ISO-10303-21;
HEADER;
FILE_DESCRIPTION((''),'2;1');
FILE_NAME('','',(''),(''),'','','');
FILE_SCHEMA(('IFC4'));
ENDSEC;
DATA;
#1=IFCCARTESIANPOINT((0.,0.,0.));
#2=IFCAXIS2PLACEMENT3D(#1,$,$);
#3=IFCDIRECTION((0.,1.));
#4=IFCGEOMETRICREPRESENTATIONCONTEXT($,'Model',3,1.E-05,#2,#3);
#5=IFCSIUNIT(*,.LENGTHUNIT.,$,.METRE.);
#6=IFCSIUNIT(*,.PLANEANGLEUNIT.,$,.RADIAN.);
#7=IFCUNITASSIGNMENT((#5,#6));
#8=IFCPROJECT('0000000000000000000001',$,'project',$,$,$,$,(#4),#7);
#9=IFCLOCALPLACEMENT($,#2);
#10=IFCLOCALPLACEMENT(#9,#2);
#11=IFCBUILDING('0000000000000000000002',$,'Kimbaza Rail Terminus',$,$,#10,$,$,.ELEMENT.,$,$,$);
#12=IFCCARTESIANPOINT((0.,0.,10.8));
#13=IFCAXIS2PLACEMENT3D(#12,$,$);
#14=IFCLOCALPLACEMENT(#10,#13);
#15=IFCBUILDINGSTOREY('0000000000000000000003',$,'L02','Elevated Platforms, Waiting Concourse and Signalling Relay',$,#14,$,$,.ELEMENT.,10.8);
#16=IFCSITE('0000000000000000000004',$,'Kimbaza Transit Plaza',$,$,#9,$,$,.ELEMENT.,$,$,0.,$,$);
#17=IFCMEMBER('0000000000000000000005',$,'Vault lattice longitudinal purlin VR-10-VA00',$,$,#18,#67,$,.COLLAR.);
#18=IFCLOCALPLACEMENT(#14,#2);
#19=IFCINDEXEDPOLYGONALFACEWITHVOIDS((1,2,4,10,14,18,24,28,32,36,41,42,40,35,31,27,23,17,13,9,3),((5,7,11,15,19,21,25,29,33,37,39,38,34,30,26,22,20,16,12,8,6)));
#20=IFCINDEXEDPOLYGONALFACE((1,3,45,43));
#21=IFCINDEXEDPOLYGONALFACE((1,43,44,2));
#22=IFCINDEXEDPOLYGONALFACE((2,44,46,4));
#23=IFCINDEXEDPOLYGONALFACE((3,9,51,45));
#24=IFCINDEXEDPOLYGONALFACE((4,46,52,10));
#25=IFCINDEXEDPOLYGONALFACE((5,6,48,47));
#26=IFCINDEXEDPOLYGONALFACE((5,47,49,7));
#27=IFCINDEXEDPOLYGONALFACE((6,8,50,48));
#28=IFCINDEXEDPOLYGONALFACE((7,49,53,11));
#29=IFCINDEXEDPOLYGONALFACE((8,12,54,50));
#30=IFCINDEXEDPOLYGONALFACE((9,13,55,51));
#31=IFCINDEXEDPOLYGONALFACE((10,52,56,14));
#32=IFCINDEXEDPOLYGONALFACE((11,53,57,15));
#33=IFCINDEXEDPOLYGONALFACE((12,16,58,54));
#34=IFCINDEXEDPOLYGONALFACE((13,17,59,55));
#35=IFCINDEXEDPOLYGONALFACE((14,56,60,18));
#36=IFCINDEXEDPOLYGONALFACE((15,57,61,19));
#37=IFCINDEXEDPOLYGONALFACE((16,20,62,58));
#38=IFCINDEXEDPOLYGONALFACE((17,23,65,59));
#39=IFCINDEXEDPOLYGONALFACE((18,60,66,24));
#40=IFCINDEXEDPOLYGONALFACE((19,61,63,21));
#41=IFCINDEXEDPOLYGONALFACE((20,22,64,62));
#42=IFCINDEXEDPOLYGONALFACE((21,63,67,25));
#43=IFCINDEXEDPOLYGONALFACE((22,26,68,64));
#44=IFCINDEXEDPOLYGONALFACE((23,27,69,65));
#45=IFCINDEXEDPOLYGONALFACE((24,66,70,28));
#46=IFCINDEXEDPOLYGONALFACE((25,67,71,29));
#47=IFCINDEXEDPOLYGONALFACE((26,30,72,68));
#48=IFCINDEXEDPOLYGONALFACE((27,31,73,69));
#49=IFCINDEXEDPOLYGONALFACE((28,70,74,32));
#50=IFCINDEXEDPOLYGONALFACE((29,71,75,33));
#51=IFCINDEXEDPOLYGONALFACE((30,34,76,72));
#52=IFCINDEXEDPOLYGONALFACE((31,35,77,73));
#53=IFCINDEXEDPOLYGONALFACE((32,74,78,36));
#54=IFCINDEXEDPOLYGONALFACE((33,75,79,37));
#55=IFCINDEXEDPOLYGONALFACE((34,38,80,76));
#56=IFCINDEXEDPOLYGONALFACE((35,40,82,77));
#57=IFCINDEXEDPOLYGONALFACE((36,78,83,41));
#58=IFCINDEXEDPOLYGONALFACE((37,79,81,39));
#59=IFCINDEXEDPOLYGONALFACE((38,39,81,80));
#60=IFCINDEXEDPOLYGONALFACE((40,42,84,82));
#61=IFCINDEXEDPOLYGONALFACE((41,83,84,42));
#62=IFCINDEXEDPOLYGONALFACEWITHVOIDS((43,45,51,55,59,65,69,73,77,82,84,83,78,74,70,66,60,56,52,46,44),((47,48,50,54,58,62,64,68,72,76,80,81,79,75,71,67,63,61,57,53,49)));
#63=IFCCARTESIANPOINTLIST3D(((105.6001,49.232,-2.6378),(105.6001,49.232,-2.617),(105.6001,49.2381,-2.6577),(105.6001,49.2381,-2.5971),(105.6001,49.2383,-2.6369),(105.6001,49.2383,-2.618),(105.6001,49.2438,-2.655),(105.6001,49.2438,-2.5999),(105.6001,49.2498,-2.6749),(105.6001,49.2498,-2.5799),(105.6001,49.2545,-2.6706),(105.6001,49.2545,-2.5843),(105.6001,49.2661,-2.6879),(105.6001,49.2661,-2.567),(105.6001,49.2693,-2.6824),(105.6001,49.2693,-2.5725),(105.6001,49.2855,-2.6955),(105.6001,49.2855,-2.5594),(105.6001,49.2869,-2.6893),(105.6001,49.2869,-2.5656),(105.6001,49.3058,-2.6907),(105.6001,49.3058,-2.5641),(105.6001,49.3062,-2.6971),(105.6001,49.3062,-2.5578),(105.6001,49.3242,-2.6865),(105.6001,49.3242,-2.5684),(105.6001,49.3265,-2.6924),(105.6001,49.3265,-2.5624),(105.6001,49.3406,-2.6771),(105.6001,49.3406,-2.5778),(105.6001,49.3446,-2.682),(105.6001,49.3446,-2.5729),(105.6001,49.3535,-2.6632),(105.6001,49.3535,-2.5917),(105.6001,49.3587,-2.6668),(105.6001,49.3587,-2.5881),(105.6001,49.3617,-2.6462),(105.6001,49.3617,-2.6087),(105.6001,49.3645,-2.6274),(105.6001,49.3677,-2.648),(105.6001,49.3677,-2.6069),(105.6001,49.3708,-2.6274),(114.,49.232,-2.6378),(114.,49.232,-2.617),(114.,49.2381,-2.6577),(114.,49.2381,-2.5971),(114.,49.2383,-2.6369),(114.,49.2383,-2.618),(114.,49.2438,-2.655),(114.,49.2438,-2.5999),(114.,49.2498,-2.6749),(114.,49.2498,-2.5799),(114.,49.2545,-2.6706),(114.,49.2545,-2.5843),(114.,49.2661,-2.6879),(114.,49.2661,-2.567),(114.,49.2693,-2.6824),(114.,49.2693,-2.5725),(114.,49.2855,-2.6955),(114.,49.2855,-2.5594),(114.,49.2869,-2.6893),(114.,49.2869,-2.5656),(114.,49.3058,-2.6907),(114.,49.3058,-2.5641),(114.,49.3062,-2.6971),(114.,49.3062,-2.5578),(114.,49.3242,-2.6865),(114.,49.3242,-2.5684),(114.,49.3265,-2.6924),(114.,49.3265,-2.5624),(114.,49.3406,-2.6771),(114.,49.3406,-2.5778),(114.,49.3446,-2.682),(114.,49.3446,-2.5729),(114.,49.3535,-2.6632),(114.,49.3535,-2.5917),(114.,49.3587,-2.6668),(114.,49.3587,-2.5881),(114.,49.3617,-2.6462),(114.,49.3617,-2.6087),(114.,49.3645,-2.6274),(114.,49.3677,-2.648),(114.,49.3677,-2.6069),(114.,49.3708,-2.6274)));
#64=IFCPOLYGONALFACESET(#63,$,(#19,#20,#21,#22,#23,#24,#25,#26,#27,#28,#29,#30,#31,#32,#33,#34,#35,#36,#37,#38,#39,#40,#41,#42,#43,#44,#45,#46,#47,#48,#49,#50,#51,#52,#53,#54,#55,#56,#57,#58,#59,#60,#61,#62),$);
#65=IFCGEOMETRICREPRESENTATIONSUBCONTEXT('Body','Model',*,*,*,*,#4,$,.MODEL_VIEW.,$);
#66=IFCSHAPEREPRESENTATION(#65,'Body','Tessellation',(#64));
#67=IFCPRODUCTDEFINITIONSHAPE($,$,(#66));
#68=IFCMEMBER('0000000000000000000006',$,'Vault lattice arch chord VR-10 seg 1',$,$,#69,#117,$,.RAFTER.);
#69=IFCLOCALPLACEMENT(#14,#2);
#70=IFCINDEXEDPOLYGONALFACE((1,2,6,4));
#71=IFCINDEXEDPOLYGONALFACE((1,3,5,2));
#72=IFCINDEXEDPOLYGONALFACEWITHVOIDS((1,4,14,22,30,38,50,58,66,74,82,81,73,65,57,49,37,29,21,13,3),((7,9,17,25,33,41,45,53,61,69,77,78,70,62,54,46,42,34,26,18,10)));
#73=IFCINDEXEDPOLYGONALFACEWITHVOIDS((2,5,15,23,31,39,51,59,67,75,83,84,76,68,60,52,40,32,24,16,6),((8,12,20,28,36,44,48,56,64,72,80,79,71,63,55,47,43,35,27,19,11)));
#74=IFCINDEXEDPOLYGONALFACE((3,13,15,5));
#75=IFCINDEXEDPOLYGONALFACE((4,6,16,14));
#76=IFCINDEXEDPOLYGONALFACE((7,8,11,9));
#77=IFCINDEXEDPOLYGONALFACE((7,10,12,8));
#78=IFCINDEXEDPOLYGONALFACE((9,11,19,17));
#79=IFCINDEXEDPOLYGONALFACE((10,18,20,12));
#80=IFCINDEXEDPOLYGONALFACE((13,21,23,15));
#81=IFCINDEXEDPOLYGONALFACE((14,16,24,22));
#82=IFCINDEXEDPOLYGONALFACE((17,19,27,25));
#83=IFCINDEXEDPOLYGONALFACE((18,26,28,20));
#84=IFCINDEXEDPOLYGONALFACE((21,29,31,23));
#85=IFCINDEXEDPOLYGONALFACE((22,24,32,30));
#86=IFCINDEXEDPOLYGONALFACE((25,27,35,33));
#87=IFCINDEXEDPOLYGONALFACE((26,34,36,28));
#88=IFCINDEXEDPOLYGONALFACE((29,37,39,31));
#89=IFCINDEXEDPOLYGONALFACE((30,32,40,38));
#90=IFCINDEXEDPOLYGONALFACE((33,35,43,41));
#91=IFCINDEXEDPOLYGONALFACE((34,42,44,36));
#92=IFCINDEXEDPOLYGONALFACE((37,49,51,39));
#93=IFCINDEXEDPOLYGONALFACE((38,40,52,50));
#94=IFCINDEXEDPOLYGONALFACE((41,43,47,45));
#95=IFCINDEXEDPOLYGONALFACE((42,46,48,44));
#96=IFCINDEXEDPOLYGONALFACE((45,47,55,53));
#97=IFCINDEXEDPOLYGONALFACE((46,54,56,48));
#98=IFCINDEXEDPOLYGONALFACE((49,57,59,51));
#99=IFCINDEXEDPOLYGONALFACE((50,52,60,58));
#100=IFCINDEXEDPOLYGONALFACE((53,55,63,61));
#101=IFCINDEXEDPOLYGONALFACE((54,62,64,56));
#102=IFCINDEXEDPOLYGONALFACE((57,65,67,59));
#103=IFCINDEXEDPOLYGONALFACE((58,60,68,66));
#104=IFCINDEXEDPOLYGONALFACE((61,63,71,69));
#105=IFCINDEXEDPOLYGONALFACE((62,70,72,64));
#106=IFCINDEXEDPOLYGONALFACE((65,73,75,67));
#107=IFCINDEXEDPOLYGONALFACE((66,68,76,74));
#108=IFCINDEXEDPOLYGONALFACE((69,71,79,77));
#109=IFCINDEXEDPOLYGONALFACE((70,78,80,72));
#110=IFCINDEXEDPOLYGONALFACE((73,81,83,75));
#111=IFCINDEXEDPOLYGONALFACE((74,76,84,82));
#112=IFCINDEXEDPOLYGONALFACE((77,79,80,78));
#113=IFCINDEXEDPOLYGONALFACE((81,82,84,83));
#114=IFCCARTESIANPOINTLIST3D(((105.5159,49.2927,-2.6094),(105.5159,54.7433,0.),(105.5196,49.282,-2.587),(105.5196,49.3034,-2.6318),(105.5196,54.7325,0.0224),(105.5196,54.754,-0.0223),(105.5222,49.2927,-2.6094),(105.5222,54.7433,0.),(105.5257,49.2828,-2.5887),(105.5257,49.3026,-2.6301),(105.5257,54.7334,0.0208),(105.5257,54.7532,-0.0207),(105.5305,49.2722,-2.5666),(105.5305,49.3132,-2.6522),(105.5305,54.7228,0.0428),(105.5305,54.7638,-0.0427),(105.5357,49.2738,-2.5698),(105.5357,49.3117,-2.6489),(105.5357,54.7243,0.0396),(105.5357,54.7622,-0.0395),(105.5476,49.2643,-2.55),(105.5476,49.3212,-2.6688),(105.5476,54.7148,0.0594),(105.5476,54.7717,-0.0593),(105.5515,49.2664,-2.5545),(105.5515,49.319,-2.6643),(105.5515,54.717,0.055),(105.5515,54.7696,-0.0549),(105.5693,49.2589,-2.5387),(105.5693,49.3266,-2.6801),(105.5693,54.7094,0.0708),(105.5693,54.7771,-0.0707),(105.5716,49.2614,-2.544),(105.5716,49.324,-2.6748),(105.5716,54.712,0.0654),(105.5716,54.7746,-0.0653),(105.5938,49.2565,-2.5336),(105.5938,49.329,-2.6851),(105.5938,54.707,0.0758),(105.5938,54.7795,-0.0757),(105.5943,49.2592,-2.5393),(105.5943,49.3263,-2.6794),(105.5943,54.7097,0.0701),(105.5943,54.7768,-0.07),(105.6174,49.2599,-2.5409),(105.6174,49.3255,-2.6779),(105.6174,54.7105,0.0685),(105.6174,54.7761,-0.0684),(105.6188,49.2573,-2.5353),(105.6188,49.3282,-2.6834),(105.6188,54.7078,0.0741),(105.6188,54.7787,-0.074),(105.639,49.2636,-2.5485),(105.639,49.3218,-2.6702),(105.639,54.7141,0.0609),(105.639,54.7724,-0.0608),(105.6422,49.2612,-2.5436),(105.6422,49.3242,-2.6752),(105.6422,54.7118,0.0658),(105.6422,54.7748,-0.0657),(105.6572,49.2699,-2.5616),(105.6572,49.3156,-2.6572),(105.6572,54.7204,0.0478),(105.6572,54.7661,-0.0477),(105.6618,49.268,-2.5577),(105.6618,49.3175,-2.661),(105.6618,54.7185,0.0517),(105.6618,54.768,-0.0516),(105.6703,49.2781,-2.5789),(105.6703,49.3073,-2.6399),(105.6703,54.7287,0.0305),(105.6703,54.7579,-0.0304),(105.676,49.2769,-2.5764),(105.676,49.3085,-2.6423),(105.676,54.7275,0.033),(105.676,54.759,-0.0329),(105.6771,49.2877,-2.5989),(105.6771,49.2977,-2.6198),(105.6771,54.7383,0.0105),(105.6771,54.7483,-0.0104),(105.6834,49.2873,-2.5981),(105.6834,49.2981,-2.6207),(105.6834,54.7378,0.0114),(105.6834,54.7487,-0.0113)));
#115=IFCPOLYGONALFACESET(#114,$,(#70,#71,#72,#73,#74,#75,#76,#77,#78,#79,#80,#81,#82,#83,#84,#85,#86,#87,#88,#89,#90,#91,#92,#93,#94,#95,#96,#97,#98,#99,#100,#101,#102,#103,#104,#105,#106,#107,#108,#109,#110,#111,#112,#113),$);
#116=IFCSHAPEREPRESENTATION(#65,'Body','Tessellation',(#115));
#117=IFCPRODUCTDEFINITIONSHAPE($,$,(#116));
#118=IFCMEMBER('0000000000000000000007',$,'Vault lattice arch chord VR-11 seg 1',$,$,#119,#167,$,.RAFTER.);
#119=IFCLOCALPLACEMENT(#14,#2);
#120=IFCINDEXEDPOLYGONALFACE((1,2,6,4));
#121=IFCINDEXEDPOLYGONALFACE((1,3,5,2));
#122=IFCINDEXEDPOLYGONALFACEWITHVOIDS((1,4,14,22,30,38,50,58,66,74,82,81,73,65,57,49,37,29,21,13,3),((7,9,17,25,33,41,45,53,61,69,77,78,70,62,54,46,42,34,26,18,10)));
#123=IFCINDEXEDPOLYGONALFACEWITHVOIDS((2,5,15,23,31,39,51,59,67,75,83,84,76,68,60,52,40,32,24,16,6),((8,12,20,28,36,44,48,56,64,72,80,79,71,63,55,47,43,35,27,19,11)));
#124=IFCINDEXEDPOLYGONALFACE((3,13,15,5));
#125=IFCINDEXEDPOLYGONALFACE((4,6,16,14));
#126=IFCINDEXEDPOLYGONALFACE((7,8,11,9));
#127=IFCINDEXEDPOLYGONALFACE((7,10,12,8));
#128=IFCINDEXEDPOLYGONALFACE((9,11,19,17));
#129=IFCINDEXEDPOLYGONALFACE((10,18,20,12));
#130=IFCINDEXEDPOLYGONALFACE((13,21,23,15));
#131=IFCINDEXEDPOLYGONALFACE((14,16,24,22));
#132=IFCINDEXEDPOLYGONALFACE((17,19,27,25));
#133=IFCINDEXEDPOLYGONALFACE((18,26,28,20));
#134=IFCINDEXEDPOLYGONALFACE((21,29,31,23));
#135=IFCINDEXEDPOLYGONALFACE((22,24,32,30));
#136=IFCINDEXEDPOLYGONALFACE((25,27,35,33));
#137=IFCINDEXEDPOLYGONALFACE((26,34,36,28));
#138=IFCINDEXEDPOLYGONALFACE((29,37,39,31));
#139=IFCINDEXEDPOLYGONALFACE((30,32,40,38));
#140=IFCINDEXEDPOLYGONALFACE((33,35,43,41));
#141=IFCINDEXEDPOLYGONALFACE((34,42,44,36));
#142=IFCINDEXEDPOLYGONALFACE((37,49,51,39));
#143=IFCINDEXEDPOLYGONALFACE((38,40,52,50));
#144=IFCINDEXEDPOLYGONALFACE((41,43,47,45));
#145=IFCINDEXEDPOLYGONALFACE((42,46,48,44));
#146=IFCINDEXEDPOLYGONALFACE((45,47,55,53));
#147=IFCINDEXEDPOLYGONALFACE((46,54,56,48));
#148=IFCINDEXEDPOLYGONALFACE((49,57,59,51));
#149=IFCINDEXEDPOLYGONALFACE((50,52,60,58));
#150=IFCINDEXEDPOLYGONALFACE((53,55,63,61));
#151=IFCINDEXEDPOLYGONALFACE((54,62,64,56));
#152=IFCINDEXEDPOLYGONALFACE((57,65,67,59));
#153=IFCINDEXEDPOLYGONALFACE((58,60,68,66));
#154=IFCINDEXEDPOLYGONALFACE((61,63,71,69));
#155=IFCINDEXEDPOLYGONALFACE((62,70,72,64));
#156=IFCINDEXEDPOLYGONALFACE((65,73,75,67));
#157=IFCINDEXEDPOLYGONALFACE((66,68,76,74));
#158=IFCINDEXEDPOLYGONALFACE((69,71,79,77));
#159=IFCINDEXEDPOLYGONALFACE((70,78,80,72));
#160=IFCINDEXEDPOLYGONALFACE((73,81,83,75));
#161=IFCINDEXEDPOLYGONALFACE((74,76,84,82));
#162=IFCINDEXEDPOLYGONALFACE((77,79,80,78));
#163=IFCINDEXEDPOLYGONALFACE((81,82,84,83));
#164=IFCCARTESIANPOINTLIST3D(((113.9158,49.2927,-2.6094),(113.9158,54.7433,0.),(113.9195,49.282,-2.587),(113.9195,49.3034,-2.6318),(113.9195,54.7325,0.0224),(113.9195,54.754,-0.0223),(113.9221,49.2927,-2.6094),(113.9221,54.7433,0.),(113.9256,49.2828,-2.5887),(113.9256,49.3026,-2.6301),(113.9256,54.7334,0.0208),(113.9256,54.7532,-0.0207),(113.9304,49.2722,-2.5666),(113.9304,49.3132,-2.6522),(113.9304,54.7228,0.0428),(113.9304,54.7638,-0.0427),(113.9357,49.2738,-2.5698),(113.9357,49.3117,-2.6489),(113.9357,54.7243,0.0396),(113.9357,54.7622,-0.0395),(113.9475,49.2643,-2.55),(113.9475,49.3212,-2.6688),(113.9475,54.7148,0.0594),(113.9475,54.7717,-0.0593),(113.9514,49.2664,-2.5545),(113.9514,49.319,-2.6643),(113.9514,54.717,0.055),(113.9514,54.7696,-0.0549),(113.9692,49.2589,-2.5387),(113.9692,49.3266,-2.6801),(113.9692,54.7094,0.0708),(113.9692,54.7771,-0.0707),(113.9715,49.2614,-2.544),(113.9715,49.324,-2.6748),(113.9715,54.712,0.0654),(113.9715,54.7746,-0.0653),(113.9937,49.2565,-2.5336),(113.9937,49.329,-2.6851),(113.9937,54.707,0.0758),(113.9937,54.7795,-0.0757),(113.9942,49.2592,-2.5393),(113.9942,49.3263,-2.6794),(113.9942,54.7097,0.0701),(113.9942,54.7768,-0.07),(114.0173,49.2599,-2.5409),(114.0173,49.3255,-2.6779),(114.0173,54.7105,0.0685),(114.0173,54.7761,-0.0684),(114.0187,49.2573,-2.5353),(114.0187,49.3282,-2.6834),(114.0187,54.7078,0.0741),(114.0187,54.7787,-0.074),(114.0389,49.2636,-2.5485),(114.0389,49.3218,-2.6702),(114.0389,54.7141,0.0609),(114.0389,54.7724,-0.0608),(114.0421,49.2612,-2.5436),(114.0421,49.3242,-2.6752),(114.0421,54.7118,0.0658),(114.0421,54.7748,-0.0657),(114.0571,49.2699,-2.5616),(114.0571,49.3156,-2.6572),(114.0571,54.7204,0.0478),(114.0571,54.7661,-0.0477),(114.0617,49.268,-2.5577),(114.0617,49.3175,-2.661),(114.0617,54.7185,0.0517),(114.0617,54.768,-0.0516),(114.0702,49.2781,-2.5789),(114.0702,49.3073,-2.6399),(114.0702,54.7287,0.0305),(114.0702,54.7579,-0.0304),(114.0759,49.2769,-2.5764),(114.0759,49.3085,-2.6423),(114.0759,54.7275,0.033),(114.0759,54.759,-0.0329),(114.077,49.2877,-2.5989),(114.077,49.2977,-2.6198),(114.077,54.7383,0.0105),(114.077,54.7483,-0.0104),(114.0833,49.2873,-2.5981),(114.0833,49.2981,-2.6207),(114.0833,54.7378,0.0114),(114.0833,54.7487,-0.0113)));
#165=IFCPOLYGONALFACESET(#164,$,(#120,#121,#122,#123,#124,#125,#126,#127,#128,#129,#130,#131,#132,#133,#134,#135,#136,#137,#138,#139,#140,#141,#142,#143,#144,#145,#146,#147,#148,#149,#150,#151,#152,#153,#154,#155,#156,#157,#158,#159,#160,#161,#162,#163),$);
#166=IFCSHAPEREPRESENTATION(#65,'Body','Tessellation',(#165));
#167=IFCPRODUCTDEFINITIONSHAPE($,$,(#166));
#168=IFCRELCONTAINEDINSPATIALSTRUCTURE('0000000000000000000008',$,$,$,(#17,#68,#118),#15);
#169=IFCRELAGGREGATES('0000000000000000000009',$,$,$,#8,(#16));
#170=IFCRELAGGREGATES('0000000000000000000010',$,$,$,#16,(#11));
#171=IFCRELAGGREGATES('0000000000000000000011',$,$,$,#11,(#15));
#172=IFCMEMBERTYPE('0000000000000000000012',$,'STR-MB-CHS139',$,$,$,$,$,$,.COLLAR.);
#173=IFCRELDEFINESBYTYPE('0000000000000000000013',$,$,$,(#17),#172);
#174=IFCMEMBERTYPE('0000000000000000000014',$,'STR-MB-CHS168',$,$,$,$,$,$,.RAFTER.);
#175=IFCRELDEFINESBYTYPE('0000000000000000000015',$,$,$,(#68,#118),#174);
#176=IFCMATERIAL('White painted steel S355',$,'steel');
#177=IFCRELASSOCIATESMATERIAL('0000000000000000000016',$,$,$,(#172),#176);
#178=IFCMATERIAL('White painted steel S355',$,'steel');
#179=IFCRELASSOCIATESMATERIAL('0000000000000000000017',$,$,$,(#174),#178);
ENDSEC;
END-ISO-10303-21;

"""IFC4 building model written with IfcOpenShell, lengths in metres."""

from ifc_helpers import new_model, si_unit, direction, frame, origin, origin_2d, place, context, subcontext, project, spatial, hollow_circle, extrude, material, material_profile, profile_set, type_object, element, save


model = new_model("IFC4")

# Units and contexts
model_context = context("Model", 3, precision=1e-05, world=origin(), true_north=direction((0.0, 1.0)))
body_context = subcontext(model_context, "Body", "Model", "MODEL_VIEW")
ifc_project = project(units=[si_unit("LENGTHUNIT", "METRE"), si_unit("PLANEANGLEUNIT", "RADIAN")], contexts=[model_context])

# Site, building, storey
site_placement = place(None, origin())
site = spatial("IfcSite", under=ifc_project, at=site_placement, Name="Kimbaza Transit Plaza", CompositionType="ELEMENT", RefElevation=0.0)
building_placement = place(site_placement, origin())
building = spatial("IfcBuilding", under=site, at=building_placement, Name="Kimbaza Rail Terminus", CompositionType="ELEMENT")
storey_placement = place(building_placement, frame((0.0, 0.0, 10.8)))
storey = spatial("IfcBuildingStorey", under=building, at=storey_placement, Name="L02", Description="Elevated Platforms, Waiting Concourse and Signalling Relay", CompositionType="ELEMENT", Elevation=10.8)

# Members
ifc_material_1 = material(Name="White painted steel S355", Category="steel")
ifc_material_profile_1 = material_profile(ifc_material_1, hollow_circle(Radius=0.0698, WallThickness=0.0063, at=origin_2d()), Name="CHS 139.7x6.3")
ifc_profile_set_1 = profile_set([ifc_material_profile_1], Name="White painted steel S355")
member_type_1 = type_object("IfcMemberType", Name="STR-MB-CHS139", PredefinedType="COLLAR", material=ifc_profile_set_1)
member_1_placement = place(storey_placement, frame((105.6001, 49.301, -2.6274), z_axis=(1.0, 0.0, 0.0), x_axis=(0.0, 1.0, 0.0)))
element("IfcMember", 1, at=member_1_placement, inside=storey, type_object=member_type_1, Name="Vault lattice longitudinal purlin VR-10-VA00", PredefinedType="COLLAR", context=body_context, shape_type="SweptSolid", body=[
    extrude(hollow_circle(Radius=0.0698, WallThickness=0.0063, at=origin_2d()), origin(), (0.0, 0.0, 1.0), 8.3999),
])
ifc_material_2 = material(Name="White painted steel S355", Category="steel")
ifc_material_profile_2 = material_profile(ifc_material_2, hollow_circle(Radius=0.0842, WallThickness=0.0063, at=origin_2d()), Name="CHS 168.3x6.3")
ifc_profile_set_2 = profile_set([ifc_material_profile_2], Name="White painted steel S355")
member_type_2 = type_object("IfcMemberType", Name="STR-MB-CHS168", PredefinedType="RAFTER", material=ifc_profile_set_2)
for number, where, z_axis, x_axis, name in (
    (2, (105.6001, 49.2927, -2.6094), (0.0, 0.901964, 0.431811), (-1.0, 0.0, 0.0), "Vault lattice arch chord VR-10 seg 1"),
    (3, (114.0, 49.2927, -2.6094), (0.0, 0.901964, 0.431811), (-1.0, 0.0, 0.0), "Vault lattice arch chord VR-11 seg 1"),
):
    element("IfcMember", number, at=place(storey_placement, frame(where, z_axis=z_axis, x_axis=x_axis)), inside=storey, type_object=member_type_2, Name=name, PredefinedType="RAFTER", context=body_context, shape_type="SweptSolid", body=[
        extrude(hollow_circle(Radius=0.0842, WallThickness=0.0063, at=origin_2d()), origin(), (0.0, 0.0, 1.0), 6.043),
    ])

save(model, "model.ifc")
